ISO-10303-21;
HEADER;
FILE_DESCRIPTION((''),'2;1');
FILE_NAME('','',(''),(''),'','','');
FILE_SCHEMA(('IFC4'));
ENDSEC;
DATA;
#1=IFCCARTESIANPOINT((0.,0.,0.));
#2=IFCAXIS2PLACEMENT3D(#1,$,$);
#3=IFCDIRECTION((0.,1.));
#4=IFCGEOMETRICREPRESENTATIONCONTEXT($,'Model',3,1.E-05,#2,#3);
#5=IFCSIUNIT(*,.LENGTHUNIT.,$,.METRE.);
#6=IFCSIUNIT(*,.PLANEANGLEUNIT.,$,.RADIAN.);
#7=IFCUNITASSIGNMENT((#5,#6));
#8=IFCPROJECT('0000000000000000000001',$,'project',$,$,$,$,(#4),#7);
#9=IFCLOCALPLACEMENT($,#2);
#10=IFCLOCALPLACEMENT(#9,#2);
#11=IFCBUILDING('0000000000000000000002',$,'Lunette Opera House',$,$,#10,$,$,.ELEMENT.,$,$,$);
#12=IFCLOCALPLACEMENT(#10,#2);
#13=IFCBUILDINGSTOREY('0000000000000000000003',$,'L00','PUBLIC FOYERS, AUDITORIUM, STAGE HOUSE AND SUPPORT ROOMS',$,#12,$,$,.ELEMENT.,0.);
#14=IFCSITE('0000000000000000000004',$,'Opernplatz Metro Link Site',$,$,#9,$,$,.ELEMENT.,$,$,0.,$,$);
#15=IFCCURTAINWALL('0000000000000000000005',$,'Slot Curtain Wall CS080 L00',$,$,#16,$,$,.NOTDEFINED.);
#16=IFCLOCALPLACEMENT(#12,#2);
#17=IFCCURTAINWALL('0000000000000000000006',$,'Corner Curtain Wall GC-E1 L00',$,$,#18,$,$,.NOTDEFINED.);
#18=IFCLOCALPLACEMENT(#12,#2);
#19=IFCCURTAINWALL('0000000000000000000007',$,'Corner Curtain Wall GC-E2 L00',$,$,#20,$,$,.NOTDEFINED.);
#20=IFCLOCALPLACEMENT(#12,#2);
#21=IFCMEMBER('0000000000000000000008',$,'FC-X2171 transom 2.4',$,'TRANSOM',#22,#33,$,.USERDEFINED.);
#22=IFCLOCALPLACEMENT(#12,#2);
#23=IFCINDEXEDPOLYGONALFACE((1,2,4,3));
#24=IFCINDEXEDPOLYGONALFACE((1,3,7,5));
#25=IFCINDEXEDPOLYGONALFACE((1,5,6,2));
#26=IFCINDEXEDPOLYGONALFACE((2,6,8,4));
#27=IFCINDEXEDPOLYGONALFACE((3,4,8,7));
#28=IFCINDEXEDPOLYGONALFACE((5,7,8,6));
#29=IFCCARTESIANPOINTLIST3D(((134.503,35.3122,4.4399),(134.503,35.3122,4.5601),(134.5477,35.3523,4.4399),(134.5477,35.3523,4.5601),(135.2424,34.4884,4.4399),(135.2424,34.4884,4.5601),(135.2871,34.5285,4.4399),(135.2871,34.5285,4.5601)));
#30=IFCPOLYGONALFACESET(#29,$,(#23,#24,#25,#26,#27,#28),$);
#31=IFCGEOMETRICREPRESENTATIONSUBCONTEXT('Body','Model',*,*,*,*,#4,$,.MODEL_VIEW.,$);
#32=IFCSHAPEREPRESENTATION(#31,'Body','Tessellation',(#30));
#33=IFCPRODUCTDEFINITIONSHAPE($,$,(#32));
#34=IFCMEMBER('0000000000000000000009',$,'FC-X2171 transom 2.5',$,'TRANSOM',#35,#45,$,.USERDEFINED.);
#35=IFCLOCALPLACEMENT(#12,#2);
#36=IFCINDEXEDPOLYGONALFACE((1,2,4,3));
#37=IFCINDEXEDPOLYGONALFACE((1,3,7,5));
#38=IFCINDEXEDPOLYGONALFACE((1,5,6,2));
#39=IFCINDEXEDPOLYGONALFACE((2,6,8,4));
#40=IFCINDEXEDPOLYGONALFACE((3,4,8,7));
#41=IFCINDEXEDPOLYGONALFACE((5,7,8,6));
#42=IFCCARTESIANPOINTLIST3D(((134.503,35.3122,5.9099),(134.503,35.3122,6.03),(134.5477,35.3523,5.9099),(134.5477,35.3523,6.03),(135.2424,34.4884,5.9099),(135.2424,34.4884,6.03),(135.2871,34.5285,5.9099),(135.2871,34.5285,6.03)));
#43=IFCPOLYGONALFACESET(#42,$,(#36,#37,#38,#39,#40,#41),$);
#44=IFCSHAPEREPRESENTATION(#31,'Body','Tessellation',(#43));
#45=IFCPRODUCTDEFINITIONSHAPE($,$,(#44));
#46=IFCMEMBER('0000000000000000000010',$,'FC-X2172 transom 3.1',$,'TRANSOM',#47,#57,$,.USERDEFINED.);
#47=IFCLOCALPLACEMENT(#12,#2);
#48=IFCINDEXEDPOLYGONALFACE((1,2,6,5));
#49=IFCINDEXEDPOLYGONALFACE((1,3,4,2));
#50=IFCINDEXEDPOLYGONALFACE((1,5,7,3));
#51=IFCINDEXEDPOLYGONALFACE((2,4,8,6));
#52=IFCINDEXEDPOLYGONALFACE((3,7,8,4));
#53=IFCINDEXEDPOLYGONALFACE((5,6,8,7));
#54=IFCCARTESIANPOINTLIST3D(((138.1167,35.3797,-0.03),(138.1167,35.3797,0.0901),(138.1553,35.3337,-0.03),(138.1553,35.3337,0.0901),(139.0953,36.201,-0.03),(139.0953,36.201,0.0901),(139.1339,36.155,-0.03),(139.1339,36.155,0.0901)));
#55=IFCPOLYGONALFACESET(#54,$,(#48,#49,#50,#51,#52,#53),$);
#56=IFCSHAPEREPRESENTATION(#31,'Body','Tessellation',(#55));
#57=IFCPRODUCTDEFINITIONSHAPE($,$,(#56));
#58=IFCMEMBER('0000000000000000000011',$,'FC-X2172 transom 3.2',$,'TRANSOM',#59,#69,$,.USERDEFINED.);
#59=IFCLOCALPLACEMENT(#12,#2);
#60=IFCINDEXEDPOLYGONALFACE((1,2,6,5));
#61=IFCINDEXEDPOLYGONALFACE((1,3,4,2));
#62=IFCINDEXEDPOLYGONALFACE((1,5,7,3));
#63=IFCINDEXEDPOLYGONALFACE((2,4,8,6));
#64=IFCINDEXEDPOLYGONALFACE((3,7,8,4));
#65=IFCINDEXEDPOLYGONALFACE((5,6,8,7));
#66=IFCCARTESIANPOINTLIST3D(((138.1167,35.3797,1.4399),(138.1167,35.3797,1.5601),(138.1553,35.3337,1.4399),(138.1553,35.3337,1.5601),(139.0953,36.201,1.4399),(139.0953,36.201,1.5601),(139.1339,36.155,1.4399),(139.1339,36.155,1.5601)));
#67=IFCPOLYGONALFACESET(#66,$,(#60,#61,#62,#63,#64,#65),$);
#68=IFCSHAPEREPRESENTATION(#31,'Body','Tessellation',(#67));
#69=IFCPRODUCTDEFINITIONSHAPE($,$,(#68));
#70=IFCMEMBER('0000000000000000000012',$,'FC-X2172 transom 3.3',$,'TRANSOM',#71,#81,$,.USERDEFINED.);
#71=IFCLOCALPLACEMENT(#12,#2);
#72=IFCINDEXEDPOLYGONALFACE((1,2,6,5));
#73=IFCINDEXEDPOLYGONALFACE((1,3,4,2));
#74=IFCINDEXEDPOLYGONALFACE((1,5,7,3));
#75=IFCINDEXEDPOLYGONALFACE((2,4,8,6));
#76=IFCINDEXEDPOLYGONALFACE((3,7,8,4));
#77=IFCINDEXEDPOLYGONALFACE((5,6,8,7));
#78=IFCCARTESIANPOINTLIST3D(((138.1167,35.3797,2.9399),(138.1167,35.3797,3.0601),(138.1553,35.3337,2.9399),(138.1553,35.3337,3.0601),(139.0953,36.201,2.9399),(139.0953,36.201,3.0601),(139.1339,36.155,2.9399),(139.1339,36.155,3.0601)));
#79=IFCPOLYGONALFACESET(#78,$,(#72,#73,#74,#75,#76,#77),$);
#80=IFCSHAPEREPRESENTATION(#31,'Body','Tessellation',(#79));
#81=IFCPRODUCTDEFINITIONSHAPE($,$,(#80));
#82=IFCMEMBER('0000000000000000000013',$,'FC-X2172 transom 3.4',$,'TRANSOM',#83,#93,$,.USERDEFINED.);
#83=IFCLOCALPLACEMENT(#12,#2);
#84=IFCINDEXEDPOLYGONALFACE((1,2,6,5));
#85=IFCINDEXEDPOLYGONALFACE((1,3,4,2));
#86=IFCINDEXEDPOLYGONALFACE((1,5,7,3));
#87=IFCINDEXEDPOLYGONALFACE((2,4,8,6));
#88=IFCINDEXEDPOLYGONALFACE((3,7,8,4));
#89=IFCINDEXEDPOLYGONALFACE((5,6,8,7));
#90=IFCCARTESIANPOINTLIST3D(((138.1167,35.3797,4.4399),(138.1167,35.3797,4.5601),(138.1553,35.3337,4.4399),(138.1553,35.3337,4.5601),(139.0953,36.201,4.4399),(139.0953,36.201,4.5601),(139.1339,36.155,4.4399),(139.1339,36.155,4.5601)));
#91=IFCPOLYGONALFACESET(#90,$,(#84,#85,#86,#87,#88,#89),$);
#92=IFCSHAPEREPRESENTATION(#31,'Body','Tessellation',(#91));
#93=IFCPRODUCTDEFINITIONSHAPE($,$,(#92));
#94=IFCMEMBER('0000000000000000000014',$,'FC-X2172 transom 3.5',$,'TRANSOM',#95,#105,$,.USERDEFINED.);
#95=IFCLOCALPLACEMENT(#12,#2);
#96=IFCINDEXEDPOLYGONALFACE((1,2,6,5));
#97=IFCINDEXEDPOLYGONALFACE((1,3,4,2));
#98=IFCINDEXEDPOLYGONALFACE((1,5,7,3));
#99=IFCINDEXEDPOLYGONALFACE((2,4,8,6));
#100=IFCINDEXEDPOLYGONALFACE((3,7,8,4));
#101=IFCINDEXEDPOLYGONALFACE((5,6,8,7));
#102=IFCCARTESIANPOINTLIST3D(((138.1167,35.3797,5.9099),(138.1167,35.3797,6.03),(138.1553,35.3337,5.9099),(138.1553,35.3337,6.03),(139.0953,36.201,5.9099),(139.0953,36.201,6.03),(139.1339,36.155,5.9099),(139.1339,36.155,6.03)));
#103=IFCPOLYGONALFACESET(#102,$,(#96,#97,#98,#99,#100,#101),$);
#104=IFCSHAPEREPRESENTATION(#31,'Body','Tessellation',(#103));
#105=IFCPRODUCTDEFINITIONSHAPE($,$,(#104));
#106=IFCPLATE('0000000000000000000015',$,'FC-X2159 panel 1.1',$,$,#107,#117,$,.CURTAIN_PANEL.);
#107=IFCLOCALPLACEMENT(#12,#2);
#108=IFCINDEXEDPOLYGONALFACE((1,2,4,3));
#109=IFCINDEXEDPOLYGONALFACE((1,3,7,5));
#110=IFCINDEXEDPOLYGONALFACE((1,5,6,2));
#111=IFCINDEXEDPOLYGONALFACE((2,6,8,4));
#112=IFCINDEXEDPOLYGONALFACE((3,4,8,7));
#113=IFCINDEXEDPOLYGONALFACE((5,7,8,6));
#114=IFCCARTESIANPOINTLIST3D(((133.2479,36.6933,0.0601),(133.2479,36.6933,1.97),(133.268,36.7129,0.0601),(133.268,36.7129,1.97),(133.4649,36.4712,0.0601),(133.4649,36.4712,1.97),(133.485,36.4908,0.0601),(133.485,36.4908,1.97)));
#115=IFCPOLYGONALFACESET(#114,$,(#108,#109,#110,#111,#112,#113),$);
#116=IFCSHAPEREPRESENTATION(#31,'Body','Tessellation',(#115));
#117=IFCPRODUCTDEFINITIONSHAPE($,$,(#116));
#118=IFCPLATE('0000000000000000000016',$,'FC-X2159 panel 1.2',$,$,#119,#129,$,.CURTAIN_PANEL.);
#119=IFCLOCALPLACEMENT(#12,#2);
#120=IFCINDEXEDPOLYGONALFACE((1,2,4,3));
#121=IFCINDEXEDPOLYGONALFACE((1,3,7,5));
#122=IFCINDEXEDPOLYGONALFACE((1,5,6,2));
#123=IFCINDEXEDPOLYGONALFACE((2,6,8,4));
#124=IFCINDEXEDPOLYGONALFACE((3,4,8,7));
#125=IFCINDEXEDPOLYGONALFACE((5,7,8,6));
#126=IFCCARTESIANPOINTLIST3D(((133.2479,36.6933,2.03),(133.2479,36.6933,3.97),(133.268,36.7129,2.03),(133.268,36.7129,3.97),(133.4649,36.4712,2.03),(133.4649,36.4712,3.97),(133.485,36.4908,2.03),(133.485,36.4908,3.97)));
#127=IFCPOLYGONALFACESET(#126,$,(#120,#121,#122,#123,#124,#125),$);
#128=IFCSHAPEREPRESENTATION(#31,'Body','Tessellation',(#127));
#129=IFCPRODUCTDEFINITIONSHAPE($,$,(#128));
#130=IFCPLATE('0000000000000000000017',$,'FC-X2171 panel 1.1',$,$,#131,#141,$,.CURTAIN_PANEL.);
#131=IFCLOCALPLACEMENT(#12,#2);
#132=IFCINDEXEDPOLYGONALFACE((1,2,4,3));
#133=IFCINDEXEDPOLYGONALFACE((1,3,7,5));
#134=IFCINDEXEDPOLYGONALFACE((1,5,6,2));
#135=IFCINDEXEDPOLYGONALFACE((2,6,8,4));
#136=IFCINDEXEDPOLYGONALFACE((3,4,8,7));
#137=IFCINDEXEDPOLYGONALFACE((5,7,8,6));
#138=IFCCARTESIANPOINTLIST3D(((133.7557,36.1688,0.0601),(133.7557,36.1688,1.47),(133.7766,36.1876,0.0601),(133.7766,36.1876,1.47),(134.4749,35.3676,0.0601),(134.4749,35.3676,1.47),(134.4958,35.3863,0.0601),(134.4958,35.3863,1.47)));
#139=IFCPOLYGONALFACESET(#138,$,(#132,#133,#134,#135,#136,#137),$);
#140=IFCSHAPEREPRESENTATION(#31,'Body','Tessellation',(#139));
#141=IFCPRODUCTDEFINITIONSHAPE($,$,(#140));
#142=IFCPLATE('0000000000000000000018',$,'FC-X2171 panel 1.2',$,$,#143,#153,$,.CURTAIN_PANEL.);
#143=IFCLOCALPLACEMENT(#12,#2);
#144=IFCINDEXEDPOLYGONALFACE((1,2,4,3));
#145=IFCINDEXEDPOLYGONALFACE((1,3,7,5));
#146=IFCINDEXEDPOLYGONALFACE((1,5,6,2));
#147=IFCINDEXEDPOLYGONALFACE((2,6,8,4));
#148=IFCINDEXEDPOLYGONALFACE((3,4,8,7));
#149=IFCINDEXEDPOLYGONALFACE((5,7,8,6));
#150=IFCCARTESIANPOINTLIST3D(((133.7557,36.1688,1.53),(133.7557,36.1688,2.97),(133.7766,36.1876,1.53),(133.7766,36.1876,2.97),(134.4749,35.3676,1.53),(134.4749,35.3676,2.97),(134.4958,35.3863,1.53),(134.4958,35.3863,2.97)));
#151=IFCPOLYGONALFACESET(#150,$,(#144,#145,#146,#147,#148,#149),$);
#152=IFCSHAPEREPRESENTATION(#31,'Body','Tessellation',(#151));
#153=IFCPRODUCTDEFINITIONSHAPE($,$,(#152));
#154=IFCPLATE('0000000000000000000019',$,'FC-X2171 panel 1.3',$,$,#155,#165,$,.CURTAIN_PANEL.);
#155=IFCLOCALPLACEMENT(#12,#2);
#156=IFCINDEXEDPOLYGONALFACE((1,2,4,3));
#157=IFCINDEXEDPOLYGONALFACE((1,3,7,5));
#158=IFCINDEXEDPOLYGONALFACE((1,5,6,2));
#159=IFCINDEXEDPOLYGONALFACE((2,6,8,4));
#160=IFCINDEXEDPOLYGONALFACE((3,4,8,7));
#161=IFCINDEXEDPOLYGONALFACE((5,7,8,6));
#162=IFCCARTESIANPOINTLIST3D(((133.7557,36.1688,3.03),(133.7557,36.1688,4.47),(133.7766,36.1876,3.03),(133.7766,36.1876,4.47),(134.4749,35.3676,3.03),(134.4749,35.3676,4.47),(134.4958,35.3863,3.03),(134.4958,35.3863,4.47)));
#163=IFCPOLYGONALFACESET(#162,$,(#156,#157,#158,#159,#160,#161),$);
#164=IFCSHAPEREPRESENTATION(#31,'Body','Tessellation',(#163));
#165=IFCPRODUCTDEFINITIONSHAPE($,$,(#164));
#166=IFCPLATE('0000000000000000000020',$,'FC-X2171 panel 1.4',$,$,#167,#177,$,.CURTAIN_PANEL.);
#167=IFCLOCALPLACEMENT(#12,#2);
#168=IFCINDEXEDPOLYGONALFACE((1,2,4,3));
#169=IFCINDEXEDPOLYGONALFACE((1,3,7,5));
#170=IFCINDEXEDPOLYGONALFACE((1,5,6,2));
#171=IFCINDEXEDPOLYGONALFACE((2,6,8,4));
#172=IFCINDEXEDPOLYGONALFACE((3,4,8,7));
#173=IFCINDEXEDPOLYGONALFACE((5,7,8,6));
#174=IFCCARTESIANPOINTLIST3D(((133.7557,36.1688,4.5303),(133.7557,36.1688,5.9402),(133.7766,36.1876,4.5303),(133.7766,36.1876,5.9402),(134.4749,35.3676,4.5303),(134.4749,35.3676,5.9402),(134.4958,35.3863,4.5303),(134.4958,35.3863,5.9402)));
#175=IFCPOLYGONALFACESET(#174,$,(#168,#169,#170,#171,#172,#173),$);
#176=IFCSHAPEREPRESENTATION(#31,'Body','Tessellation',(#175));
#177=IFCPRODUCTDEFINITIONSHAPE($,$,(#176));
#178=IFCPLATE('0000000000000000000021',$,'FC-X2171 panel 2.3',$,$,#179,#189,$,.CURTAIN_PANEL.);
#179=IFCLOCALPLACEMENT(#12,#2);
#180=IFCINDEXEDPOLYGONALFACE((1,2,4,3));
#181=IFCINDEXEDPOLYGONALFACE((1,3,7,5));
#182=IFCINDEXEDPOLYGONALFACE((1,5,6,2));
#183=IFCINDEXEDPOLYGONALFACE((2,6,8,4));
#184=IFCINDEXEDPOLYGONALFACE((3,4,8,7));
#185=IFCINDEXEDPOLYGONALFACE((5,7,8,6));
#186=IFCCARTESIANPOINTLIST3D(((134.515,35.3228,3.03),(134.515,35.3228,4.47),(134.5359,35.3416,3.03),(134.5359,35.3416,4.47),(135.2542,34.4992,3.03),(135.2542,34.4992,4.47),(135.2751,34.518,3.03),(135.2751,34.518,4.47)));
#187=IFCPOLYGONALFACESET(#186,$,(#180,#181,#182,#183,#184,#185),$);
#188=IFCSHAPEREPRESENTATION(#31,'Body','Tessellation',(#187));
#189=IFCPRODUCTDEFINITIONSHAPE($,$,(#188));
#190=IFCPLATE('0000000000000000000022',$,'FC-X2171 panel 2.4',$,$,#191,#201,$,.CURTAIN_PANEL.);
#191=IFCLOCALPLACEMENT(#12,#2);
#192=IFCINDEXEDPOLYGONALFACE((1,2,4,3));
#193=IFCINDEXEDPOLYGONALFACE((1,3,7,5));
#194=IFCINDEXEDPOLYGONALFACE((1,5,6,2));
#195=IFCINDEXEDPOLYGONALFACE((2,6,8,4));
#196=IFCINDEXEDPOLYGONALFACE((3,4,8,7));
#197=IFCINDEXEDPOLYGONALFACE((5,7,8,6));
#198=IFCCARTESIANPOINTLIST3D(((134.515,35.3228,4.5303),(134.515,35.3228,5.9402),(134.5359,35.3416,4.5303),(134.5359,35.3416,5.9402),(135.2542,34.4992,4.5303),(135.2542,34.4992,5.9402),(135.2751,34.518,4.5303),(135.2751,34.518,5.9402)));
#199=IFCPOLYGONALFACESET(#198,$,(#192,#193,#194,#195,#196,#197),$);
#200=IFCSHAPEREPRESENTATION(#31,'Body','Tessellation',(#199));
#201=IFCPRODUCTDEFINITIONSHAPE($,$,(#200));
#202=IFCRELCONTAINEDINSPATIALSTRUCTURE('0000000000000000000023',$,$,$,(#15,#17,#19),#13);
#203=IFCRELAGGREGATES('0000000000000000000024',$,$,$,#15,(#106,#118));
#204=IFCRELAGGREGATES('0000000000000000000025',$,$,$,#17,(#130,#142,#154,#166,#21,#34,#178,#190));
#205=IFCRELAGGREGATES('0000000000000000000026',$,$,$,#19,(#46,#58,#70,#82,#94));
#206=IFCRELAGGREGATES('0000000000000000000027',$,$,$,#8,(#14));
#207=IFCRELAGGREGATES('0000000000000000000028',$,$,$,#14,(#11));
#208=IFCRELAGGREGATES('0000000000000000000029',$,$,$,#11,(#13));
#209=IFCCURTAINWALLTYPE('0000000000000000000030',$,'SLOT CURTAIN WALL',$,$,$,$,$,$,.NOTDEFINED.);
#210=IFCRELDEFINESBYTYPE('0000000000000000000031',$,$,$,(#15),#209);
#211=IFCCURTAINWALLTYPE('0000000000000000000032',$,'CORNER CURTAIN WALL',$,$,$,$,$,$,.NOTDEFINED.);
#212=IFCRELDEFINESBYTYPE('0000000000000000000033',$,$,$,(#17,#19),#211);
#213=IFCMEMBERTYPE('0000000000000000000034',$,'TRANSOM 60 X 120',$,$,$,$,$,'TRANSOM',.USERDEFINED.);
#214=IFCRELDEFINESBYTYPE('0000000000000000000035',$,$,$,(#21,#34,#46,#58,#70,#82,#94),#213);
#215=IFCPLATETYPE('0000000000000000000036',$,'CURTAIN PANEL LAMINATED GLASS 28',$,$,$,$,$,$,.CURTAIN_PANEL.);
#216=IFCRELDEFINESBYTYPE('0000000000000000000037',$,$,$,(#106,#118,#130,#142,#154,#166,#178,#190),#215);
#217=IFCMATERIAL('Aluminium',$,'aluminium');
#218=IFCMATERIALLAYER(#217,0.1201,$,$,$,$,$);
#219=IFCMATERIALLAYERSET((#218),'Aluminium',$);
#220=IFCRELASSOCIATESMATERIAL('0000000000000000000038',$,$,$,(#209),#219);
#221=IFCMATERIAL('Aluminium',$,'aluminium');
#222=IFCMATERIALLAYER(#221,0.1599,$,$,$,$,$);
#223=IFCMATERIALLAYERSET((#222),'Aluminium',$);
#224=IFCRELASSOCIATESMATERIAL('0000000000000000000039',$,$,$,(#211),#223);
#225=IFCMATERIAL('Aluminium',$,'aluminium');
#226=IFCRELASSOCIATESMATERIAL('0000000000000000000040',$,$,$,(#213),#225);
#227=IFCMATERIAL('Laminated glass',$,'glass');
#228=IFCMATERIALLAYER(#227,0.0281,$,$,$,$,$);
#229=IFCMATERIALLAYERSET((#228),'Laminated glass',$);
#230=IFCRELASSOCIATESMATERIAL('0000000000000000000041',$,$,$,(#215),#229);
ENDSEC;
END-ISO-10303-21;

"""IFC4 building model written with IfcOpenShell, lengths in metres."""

from ifc_helpers import new_model, si_unit, direction, frame, origin, origin_2d, place, context, subcontext, project, spatial, rectangle, extrude, material, layer, layer_set, material_profile, profile_set, type_object, element, aggregate, save


model = new_model("IFC4")

# Units and contexts
model_context = context("Model", 3, precision=1e-05, world=origin(), true_north=direction((0.0, 1.0)))
body_context = subcontext(model_context, "Body", "Model", "MODEL_VIEW")
ifc_project = project(units=[si_unit("LENGTHUNIT", "METRE"), si_unit("PLANEANGLEUNIT", "RADIAN")], contexts=[model_context])

# Site, building, storey
site_placement = place(None, origin())
site = spatial("IfcSite", under=ifc_project, at=site_placement, Name="Opernplatz Metro Link Site", CompositionType="ELEMENT", RefElevation=0.0)
building_placement = place(site_placement, origin())
building = spatial("IfcBuilding", under=site, at=building_placement, Name="Lunette Opera House", CompositionType="ELEMENT")
storey_placement = place(building_placement, origin())
storey = spatial("IfcBuildingStorey", under=building, at=storey_placement, Name="L00", Description="PUBLIC FOYERS, AUDITORIUM, STAGE HOUSE AND SUPPORT ROOMS", CompositionType="ELEMENT", Elevation=0.0)

# Curtain wall
ifc_material_1 = material(Name="Aluminium", Category="aluminium")
ifc_layer_1 = layer(ifc_material_1, 0.1201)
ifc_layer_set_1 = layer_set([ifc_layer_1], Name="Aluminium")
curtain_wall_type_1 = type_object("IfcCurtainWallType", Name="SLOT CURTAIN WALL", PredefinedType="NOTDEFINED", material=ifc_layer_set_1)
curtain_wall_1_placement = place(storey_placement, origin())
curtain_wall_1 = element("IfcCurtainWall", 1, at=curtain_wall_1_placement, inside=storey, type_object=curtain_wall_type_1, Name="Slot Curtain Wall CS080 L00", PredefinedType="NOTDEFINED")

# Curtain wall
ifc_material_2 = material(Name="Aluminium", Category="aluminium")
ifc_layer_2 = layer(ifc_material_2, 0.1599)
ifc_layer_set_2 = layer_set([ifc_layer_2], Name="Aluminium")
curtain_wall_type_2 = type_object("IfcCurtainWallType", Name="CORNER CURTAIN WALL", PredefinedType="NOTDEFINED", material=ifc_layer_set_2)
curtain_wall_2_placement = place(storey_placement, origin())
curtain_wall_2 = element("IfcCurtainWall", 2, at=curtain_wall_2_placement, inside=storey, type_object=curtain_wall_type_2, Name="Corner Curtain Wall GC-E1 L00", PredefinedType="NOTDEFINED")

# Curtain wall
curtain_wall_3_placement = place(storey_placement, origin())
curtain_wall_3 = element("IfcCurtainWall", 3, at=curtain_wall_3_placement, inside=storey, type_object=curtain_wall_type_2, Name="Corner Curtain Wall GC-E2 L00", PredefinedType="NOTDEFINED")

# Members
ifc_material_3 = material(Name="Aluminium", Category="aluminium")
ifc_material_profile_1 = material_profile(ifc_material_3, rectangle(XDim=0.0601, YDim=0.1201, at=origin_2d()), Name="TRANSOM 60 X 120")
ifc_profile_set_1 = profile_set([ifc_material_profile_1], Name="Aluminium")
member_type_1 = type_object("IfcMemberType", Name="TRANSOM 60 X 120", ElementType="TRANSOM", PredefinedType="USERDEFINED", material=ifc_profile_set_1)
member_1_placement = place(storey_placement, frame((134.5254, 35.3323, 4.5), z_axis=(0.667916, -0.744237, 0.0), x_axis=(0.744237, 0.667916, 0.0)))
member_1 = element("IfcMember", 4, at=member_1_placement, type_object=member_type_1, Name="FC-X2171 transom 2.4", ObjectType="TRANSOM", PredefinedType="USERDEFINED", context=body_context, shape_type="SweptSolid", body=[
    extrude(rectangle(XDim=0.0601, YDim=0.1201, at=origin_2d()), origin(), (0.0, 0.0, 1.0), 1.1069),
])
member_2_placement = place(storey_placement, frame((134.5254, 35.3323, 5.97), z_axis=(0.667916, -0.744237, 0.0), x_axis=(0.744237, 0.667916, 0.0)))
member_2 = element("IfcMember", 5, at=member_2_placement, type_object=member_type_1, Name="FC-X2171 transom 2.5", ObjectType="TRANSOM", PredefinedType="USERDEFINED", context=body_context, shape_type="SweptSolid", body=[
    extrude(rectangle(XDim=0.0601, YDim=0.1201, at=origin_2d()), origin(), (0.0, 0.0, 1.0), 1.1069),
])
member_3_placement = place(storey_placement, frame((138.136, 35.3567, 0.03), z_axis=(0.765961, 0.642887, 0.0), x_axis=(-0.642887, 0.765961, 0.0)))
member_3 = element("IfcMember", 6, at=member_3_placement, type_object=member_type_1, Name="FC-X2172 transom 3.1", ObjectType="TRANSOM", PredefinedType="USERDEFINED", context=body_context, shape_type="SweptSolid", body=[
    extrude(rectangle(XDim=0.0601, YDim=0.1201, at=origin_2d()), origin(), (0.0, 0.0, 1.0), 1.2776),
])
member_4_placement = place(storey_placement, frame((138.136, 35.3567, 1.5), z_axis=(0.765961, 0.642887, 0.0), x_axis=(-0.642887, 0.765961, 0.0)))
member_4 = element("IfcMember", 7, at=member_4_placement, type_object=member_type_1, Name="FC-X2172 transom 3.2", ObjectType="TRANSOM", PredefinedType="USERDEFINED", context=body_context, shape_type="SweptSolid", body=[
    extrude(rectangle(XDim=0.0601, YDim=0.1201, at=origin_2d()), origin(), (0.0, 0.0, 1.0), 1.2776),
])
member_5_placement = place(storey_placement, frame((138.136, 35.3567, 3.0), z_axis=(0.765961, 0.642887, 0.0), x_axis=(-0.642887, 0.765961, 0.0)))
member_5 = element("IfcMember", 8, at=member_5_placement, type_object=member_type_1, Name="FC-X2172 transom 3.3", ObjectType="TRANSOM", PredefinedType="USERDEFINED", context=body_context, shape_type="SweptSolid", body=[
    extrude(rectangle(XDim=0.0601, YDim=0.1201, at=origin_2d()), origin(), (0.0, 0.0, 1.0), 1.2776),
])
member_6_placement = place(storey_placement, frame((138.136, 35.3567, 4.5), z_axis=(0.765961, 0.642887, 0.0), x_axis=(-0.642887, 0.765961, 0.0)))
member_6 = element("IfcMember", 9, at=member_6_placement, type_object=member_type_1, Name="FC-X2172 transom 3.4", ObjectType="TRANSOM", PredefinedType="USERDEFINED", context=body_context, shape_type="SweptSolid", body=[
    extrude(rectangle(XDim=0.0601, YDim=0.1201, at=origin_2d()), origin(), (0.0, 0.0, 1.0), 1.2776),
])
member_7_placement = place(storey_placement, frame((138.136, 35.3567, 5.97), z_axis=(0.765961, 0.642887, 0.0), x_axis=(-0.642887, 0.765961, 0.0)))
member_7 = element("IfcMember", 10, at=member_7_placement, type_object=member_type_1, Name="FC-X2172 transom 3.5", ObjectType="TRANSOM", PredefinedType="USERDEFINED", context=body_context, shape_type="SweptSolid", body=[
    extrude(rectangle(XDim=0.0601, YDim=0.1201, at=origin_2d()), origin(), (0.0, 0.0, 1.0), 1.2776),
])

# Plates
ifc_material_4 = material(Name="Laminated glass", Category="glass")
ifc_layer_3 = layer(ifc_material_4, 0.0281)
ifc_layer_set_3 = layer_set([ifc_layer_3], Name="Laminated glass")
plate_type = type_object("IfcPlateType", Name="CURTAIN PANEL LAMINATED GLASS 28", PredefinedType="CURTAIN_PANEL", material=ifc_layer_set_3)
plate_1_placement = place(storey_placement, frame((133.3665, 36.592, 0.0601), z_axis=(0.0, 0.0, 1.0), x_axis=(0.698933, -0.715187, 0.0)))
plate_1 = element("IfcPlate", 11, at=plate_1_placement, type_object=plate_type, Name="FC-X2159 panel 1.1", PredefinedType="CURTAIN_PANEL", context=body_context, shape_type="SweptSolid", body=[
    extrude(rectangle(XDim=0.3105, YDim=0.0281, at=origin_2d()), origin(), (0.0, 0.0, 1.0), 1.9099),
])
plate_2_placement = place(storey_placement, frame((133.3665, 36.592, 2.03), z_axis=(0.0, 0.0, 1.0), x_axis=(0.698933, -0.715187, 0.0)))
plate_2 = element("IfcPlate", 12, at=plate_2_placement, type_object=plate_type, Name="FC-X2159 panel 1.2", PredefinedType="CURTAIN_PANEL", context=body_context, shape_type="SweptSolid", body=[
    extrude(rectangle(XDim=0.3105, YDim=0.0281, at=origin_2d()), origin(), (0.0, 0.0, 1.0), 1.9399),
])
aggregate(curtain_wall_1, [plate_1, plate_2])
plate_3_placement = place(storey_placement, frame((134.1257, 35.7776, 0.0601), z_axis=(0.0, 0.0, 1.0), x_axis=(0.667938, -0.744217, 0.0)))
plate_3 = element("IfcPlate", 13, at=plate_3_placement, type_object=plate_type, Name="FC-X2171 panel 1.1", PredefinedType="CURTAIN_PANEL", context=body_context, shape_type="SweptSolid", body=[
    extrude(rectangle(XDim=1.0767, YDim=0.0281, at=origin_2d()), origin(), (0.0, 0.0, 1.0), 1.4099),
])
plate_4_placement = place(storey_placement, frame((134.1257, 35.7776, 1.53), z_axis=(0.0, 0.0, 1.0), x_axis=(0.667938, -0.744217, 0.0)))
plate_4 = element("IfcPlate", 14, at=plate_4_placement, type_object=plate_type, Name="FC-X2171 panel 1.2", PredefinedType="CURTAIN_PANEL", context=body_context, shape_type="SweptSolid", body=[
    extrude(rectangle(XDim=1.0767, YDim=0.0281, at=origin_2d()), origin(), (0.0, 0.0, 1.0), 1.4399),
])
plate_5_placement = place(storey_placement, frame((134.1257, 35.7776, 3.03), z_axis=(0.0, 0.0, 1.0), x_axis=(0.667938, -0.744217, 0.0)))
plate_5 = element("IfcPlate", 15, at=plate_5_placement, type_object=plate_type, Name="FC-X2171 panel 1.3", PredefinedType="CURTAIN_PANEL", context=body_context, shape_type="SweptSolid", body=[
    extrude(rectangle(XDim=1.0767, YDim=0.0281, at=origin_2d()), origin(), (0.0, 0.0, 1.0), 1.4399),
])
plate_6_placement = place(storey_placement, frame((134.1257, 35.7776, 4.5303), z_axis=(0.0, 0.0, 1.0), x_axis=(0.667938, -0.744217, 0.0)))
plate_6 = element("IfcPlate", 16, at=plate_6_placement, type_object=plate_type, Name="FC-X2171 panel 1.4", PredefinedType="CURTAIN_PANEL", context=body_context, shape_type="SweptSolid", body=[
    extrude(rectangle(XDim=1.0767, YDim=0.0281, at=origin_2d()), origin(), (0.0, 0.0, 1.0), 1.4099),
])
plate_7_placement = place(storey_placement, frame((134.895, 34.9204, 3.03), z_axis=(0.0, 0.0, 1.0), x_axis=(0.667938, -0.744217, 0.0)))
plate_7 = element("IfcPlate", 17, at=plate_7_placement, type_object=plate_type, Name="FC-X2171 panel 2.3", PredefinedType="CURTAIN_PANEL", context=body_context, shape_type="SweptSolid", body=[
    extrude(rectangle(XDim=1.1067, YDim=0.0281, at=origin_2d()), origin(), (0.0, 0.0, 1.0), 1.4399),
])
plate_8_placement = place(storey_placement, frame((134.895, 34.9204, 4.5303), z_axis=(0.0, 0.0, 1.0), x_axis=(0.667938, -0.744217, 0.0)))
plate_8 = element("IfcPlate", 18, at=plate_8_placement, type_object=plate_type, Name="FC-X2171 panel 2.4", PredefinedType="CURTAIN_PANEL", context=body_context, shape_type="SweptSolid", body=[
    extrude(rectangle(XDim=1.1067, YDim=0.0281, at=origin_2d()), origin(), (0.0, 0.0, 1.0), 1.4099),
])
aggregate(curtain_wall_2, [plate_3, plate_4, plate_5, plate_6, member_1, member_2, plate_7, plate_8])
aggregate(curtain_wall_3, [member_3, member_4, member_5, member_6, member_7])

save(model, "model.ifc")
